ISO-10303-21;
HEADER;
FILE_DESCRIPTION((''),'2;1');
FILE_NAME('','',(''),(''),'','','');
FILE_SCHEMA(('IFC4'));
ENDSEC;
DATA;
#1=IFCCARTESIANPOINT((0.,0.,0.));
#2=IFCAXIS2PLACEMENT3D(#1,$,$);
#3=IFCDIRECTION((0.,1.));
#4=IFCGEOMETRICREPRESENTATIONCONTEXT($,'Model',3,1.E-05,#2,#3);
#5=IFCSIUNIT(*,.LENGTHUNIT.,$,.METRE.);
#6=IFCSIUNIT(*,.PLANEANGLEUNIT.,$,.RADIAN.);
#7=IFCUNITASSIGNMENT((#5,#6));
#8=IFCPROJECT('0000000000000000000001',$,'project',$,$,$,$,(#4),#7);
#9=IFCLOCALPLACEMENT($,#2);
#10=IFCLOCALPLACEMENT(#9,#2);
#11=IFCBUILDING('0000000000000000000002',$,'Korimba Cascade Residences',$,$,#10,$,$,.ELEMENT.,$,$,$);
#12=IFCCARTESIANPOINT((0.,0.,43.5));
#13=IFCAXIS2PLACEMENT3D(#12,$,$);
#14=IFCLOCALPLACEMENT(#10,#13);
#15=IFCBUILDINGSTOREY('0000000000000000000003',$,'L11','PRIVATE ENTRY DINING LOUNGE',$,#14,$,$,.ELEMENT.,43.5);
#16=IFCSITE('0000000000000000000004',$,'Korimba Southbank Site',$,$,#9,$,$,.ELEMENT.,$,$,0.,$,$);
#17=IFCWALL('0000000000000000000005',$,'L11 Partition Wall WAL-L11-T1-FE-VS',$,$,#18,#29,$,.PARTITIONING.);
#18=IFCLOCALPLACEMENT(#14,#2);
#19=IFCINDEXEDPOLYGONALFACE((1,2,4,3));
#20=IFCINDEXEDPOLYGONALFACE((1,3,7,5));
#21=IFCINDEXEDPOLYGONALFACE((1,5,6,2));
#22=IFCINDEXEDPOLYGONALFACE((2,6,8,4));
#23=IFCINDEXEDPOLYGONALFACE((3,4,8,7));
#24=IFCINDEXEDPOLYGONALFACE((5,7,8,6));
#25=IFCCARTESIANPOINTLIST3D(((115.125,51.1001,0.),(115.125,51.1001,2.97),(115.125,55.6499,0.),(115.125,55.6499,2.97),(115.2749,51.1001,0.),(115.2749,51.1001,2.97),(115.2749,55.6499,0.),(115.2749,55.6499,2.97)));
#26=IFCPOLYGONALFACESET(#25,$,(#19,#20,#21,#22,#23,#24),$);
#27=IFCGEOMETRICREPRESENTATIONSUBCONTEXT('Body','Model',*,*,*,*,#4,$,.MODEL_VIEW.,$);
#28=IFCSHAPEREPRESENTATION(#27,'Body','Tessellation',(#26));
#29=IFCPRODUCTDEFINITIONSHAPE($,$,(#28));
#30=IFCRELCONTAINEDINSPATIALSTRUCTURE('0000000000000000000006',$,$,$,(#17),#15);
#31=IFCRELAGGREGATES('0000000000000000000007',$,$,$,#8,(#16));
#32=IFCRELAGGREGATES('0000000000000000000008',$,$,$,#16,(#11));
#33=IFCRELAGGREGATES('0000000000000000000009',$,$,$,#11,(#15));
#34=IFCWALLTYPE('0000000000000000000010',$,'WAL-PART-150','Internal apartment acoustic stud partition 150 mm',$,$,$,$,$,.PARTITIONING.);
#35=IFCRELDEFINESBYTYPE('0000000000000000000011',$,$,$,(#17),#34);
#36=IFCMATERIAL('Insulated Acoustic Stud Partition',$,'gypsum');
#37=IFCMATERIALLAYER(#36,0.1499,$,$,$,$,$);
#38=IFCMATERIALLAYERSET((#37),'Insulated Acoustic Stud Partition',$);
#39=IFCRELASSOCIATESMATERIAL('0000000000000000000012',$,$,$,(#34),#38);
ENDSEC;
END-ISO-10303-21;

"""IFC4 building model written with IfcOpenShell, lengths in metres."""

from ifc_helpers import new_model, si_unit, direction, frame, frame_2d, origin, place, context, subcontext, project, spatial, rectangle, extrude, material, layer, layer_set, type_object, element, save


model = new_model("IFC4")

# Units and contexts
model_context = context("Model", 3, precision=1e-05, world=origin(), true_north=direction((0.0, 1.0)))
body_context = subcontext(model_context, "Body", "Model", "MODEL_VIEW")
ifc_project = project(units=[si_unit("LENGTHUNIT", "METRE"), si_unit("PLANEANGLEUNIT", "RADIAN")], contexts=[model_context])

# Site, building, storey
site_placement = place(None, origin())
site = spatial("IfcSite", under=ifc_project, at=site_placement, Name="Korimba Southbank Site", CompositionType="ELEMENT", RefElevation=0.0)
building_placement = place(site_placement, origin())
building = spatial("IfcBuilding", under=site, at=building_placement, Name="Korimba Cascade Residences", CompositionType="ELEMENT")
storey_placement = place(building_placement, frame((0.0, 0.0, 43.5)))
storey = spatial("IfcBuildingStorey", under=building, at=storey_placement, Name="L11", Description="PRIVATE ENTRY DINING LOUNGE", CompositionType="ELEMENT", Elevation=43.5)

# Shared definitions
ifc_material_1 = material(Name="Insulated Acoustic Stud Partition", Category="gypsum")
ifc_layer_1 = layer(ifc_material_1, 0.1499)
ifc_layer_set_1 = layer_set([ifc_layer_1], Name="Insulated Acoustic Stud Partition")
wall_type_1 = type_object("IfcWallType", Name="WAL-PART-150", Description="Internal apartment acoustic stud partition 150 mm", PredefinedType="PARTITIONING", material=ifc_layer_set_1)

# Wall
wall_1_placement = place(storey_placement, frame((115.2, 51.1001, 0.0), z_axis=(0.0, 0.0, 1.0), x_axis=(0.0, 1.0, 0.0)))
element("IfcWall", 1, at=wall_1_placement, inside=storey, type_object=wall_type_1, Name="L11 Partition Wall WAL-L11-T1-FE-VS", PredefinedType="PARTITIONING", context=body_context, shape_type="SweptSolid", body=[
    extrude(rectangle(XDim=4.5498, YDim=0.1499, at=frame_2d((2.2749, 0.0))), origin(), (0.0, 0.0, 1.0), 2.97),
])

save(model, "model.ifc")
